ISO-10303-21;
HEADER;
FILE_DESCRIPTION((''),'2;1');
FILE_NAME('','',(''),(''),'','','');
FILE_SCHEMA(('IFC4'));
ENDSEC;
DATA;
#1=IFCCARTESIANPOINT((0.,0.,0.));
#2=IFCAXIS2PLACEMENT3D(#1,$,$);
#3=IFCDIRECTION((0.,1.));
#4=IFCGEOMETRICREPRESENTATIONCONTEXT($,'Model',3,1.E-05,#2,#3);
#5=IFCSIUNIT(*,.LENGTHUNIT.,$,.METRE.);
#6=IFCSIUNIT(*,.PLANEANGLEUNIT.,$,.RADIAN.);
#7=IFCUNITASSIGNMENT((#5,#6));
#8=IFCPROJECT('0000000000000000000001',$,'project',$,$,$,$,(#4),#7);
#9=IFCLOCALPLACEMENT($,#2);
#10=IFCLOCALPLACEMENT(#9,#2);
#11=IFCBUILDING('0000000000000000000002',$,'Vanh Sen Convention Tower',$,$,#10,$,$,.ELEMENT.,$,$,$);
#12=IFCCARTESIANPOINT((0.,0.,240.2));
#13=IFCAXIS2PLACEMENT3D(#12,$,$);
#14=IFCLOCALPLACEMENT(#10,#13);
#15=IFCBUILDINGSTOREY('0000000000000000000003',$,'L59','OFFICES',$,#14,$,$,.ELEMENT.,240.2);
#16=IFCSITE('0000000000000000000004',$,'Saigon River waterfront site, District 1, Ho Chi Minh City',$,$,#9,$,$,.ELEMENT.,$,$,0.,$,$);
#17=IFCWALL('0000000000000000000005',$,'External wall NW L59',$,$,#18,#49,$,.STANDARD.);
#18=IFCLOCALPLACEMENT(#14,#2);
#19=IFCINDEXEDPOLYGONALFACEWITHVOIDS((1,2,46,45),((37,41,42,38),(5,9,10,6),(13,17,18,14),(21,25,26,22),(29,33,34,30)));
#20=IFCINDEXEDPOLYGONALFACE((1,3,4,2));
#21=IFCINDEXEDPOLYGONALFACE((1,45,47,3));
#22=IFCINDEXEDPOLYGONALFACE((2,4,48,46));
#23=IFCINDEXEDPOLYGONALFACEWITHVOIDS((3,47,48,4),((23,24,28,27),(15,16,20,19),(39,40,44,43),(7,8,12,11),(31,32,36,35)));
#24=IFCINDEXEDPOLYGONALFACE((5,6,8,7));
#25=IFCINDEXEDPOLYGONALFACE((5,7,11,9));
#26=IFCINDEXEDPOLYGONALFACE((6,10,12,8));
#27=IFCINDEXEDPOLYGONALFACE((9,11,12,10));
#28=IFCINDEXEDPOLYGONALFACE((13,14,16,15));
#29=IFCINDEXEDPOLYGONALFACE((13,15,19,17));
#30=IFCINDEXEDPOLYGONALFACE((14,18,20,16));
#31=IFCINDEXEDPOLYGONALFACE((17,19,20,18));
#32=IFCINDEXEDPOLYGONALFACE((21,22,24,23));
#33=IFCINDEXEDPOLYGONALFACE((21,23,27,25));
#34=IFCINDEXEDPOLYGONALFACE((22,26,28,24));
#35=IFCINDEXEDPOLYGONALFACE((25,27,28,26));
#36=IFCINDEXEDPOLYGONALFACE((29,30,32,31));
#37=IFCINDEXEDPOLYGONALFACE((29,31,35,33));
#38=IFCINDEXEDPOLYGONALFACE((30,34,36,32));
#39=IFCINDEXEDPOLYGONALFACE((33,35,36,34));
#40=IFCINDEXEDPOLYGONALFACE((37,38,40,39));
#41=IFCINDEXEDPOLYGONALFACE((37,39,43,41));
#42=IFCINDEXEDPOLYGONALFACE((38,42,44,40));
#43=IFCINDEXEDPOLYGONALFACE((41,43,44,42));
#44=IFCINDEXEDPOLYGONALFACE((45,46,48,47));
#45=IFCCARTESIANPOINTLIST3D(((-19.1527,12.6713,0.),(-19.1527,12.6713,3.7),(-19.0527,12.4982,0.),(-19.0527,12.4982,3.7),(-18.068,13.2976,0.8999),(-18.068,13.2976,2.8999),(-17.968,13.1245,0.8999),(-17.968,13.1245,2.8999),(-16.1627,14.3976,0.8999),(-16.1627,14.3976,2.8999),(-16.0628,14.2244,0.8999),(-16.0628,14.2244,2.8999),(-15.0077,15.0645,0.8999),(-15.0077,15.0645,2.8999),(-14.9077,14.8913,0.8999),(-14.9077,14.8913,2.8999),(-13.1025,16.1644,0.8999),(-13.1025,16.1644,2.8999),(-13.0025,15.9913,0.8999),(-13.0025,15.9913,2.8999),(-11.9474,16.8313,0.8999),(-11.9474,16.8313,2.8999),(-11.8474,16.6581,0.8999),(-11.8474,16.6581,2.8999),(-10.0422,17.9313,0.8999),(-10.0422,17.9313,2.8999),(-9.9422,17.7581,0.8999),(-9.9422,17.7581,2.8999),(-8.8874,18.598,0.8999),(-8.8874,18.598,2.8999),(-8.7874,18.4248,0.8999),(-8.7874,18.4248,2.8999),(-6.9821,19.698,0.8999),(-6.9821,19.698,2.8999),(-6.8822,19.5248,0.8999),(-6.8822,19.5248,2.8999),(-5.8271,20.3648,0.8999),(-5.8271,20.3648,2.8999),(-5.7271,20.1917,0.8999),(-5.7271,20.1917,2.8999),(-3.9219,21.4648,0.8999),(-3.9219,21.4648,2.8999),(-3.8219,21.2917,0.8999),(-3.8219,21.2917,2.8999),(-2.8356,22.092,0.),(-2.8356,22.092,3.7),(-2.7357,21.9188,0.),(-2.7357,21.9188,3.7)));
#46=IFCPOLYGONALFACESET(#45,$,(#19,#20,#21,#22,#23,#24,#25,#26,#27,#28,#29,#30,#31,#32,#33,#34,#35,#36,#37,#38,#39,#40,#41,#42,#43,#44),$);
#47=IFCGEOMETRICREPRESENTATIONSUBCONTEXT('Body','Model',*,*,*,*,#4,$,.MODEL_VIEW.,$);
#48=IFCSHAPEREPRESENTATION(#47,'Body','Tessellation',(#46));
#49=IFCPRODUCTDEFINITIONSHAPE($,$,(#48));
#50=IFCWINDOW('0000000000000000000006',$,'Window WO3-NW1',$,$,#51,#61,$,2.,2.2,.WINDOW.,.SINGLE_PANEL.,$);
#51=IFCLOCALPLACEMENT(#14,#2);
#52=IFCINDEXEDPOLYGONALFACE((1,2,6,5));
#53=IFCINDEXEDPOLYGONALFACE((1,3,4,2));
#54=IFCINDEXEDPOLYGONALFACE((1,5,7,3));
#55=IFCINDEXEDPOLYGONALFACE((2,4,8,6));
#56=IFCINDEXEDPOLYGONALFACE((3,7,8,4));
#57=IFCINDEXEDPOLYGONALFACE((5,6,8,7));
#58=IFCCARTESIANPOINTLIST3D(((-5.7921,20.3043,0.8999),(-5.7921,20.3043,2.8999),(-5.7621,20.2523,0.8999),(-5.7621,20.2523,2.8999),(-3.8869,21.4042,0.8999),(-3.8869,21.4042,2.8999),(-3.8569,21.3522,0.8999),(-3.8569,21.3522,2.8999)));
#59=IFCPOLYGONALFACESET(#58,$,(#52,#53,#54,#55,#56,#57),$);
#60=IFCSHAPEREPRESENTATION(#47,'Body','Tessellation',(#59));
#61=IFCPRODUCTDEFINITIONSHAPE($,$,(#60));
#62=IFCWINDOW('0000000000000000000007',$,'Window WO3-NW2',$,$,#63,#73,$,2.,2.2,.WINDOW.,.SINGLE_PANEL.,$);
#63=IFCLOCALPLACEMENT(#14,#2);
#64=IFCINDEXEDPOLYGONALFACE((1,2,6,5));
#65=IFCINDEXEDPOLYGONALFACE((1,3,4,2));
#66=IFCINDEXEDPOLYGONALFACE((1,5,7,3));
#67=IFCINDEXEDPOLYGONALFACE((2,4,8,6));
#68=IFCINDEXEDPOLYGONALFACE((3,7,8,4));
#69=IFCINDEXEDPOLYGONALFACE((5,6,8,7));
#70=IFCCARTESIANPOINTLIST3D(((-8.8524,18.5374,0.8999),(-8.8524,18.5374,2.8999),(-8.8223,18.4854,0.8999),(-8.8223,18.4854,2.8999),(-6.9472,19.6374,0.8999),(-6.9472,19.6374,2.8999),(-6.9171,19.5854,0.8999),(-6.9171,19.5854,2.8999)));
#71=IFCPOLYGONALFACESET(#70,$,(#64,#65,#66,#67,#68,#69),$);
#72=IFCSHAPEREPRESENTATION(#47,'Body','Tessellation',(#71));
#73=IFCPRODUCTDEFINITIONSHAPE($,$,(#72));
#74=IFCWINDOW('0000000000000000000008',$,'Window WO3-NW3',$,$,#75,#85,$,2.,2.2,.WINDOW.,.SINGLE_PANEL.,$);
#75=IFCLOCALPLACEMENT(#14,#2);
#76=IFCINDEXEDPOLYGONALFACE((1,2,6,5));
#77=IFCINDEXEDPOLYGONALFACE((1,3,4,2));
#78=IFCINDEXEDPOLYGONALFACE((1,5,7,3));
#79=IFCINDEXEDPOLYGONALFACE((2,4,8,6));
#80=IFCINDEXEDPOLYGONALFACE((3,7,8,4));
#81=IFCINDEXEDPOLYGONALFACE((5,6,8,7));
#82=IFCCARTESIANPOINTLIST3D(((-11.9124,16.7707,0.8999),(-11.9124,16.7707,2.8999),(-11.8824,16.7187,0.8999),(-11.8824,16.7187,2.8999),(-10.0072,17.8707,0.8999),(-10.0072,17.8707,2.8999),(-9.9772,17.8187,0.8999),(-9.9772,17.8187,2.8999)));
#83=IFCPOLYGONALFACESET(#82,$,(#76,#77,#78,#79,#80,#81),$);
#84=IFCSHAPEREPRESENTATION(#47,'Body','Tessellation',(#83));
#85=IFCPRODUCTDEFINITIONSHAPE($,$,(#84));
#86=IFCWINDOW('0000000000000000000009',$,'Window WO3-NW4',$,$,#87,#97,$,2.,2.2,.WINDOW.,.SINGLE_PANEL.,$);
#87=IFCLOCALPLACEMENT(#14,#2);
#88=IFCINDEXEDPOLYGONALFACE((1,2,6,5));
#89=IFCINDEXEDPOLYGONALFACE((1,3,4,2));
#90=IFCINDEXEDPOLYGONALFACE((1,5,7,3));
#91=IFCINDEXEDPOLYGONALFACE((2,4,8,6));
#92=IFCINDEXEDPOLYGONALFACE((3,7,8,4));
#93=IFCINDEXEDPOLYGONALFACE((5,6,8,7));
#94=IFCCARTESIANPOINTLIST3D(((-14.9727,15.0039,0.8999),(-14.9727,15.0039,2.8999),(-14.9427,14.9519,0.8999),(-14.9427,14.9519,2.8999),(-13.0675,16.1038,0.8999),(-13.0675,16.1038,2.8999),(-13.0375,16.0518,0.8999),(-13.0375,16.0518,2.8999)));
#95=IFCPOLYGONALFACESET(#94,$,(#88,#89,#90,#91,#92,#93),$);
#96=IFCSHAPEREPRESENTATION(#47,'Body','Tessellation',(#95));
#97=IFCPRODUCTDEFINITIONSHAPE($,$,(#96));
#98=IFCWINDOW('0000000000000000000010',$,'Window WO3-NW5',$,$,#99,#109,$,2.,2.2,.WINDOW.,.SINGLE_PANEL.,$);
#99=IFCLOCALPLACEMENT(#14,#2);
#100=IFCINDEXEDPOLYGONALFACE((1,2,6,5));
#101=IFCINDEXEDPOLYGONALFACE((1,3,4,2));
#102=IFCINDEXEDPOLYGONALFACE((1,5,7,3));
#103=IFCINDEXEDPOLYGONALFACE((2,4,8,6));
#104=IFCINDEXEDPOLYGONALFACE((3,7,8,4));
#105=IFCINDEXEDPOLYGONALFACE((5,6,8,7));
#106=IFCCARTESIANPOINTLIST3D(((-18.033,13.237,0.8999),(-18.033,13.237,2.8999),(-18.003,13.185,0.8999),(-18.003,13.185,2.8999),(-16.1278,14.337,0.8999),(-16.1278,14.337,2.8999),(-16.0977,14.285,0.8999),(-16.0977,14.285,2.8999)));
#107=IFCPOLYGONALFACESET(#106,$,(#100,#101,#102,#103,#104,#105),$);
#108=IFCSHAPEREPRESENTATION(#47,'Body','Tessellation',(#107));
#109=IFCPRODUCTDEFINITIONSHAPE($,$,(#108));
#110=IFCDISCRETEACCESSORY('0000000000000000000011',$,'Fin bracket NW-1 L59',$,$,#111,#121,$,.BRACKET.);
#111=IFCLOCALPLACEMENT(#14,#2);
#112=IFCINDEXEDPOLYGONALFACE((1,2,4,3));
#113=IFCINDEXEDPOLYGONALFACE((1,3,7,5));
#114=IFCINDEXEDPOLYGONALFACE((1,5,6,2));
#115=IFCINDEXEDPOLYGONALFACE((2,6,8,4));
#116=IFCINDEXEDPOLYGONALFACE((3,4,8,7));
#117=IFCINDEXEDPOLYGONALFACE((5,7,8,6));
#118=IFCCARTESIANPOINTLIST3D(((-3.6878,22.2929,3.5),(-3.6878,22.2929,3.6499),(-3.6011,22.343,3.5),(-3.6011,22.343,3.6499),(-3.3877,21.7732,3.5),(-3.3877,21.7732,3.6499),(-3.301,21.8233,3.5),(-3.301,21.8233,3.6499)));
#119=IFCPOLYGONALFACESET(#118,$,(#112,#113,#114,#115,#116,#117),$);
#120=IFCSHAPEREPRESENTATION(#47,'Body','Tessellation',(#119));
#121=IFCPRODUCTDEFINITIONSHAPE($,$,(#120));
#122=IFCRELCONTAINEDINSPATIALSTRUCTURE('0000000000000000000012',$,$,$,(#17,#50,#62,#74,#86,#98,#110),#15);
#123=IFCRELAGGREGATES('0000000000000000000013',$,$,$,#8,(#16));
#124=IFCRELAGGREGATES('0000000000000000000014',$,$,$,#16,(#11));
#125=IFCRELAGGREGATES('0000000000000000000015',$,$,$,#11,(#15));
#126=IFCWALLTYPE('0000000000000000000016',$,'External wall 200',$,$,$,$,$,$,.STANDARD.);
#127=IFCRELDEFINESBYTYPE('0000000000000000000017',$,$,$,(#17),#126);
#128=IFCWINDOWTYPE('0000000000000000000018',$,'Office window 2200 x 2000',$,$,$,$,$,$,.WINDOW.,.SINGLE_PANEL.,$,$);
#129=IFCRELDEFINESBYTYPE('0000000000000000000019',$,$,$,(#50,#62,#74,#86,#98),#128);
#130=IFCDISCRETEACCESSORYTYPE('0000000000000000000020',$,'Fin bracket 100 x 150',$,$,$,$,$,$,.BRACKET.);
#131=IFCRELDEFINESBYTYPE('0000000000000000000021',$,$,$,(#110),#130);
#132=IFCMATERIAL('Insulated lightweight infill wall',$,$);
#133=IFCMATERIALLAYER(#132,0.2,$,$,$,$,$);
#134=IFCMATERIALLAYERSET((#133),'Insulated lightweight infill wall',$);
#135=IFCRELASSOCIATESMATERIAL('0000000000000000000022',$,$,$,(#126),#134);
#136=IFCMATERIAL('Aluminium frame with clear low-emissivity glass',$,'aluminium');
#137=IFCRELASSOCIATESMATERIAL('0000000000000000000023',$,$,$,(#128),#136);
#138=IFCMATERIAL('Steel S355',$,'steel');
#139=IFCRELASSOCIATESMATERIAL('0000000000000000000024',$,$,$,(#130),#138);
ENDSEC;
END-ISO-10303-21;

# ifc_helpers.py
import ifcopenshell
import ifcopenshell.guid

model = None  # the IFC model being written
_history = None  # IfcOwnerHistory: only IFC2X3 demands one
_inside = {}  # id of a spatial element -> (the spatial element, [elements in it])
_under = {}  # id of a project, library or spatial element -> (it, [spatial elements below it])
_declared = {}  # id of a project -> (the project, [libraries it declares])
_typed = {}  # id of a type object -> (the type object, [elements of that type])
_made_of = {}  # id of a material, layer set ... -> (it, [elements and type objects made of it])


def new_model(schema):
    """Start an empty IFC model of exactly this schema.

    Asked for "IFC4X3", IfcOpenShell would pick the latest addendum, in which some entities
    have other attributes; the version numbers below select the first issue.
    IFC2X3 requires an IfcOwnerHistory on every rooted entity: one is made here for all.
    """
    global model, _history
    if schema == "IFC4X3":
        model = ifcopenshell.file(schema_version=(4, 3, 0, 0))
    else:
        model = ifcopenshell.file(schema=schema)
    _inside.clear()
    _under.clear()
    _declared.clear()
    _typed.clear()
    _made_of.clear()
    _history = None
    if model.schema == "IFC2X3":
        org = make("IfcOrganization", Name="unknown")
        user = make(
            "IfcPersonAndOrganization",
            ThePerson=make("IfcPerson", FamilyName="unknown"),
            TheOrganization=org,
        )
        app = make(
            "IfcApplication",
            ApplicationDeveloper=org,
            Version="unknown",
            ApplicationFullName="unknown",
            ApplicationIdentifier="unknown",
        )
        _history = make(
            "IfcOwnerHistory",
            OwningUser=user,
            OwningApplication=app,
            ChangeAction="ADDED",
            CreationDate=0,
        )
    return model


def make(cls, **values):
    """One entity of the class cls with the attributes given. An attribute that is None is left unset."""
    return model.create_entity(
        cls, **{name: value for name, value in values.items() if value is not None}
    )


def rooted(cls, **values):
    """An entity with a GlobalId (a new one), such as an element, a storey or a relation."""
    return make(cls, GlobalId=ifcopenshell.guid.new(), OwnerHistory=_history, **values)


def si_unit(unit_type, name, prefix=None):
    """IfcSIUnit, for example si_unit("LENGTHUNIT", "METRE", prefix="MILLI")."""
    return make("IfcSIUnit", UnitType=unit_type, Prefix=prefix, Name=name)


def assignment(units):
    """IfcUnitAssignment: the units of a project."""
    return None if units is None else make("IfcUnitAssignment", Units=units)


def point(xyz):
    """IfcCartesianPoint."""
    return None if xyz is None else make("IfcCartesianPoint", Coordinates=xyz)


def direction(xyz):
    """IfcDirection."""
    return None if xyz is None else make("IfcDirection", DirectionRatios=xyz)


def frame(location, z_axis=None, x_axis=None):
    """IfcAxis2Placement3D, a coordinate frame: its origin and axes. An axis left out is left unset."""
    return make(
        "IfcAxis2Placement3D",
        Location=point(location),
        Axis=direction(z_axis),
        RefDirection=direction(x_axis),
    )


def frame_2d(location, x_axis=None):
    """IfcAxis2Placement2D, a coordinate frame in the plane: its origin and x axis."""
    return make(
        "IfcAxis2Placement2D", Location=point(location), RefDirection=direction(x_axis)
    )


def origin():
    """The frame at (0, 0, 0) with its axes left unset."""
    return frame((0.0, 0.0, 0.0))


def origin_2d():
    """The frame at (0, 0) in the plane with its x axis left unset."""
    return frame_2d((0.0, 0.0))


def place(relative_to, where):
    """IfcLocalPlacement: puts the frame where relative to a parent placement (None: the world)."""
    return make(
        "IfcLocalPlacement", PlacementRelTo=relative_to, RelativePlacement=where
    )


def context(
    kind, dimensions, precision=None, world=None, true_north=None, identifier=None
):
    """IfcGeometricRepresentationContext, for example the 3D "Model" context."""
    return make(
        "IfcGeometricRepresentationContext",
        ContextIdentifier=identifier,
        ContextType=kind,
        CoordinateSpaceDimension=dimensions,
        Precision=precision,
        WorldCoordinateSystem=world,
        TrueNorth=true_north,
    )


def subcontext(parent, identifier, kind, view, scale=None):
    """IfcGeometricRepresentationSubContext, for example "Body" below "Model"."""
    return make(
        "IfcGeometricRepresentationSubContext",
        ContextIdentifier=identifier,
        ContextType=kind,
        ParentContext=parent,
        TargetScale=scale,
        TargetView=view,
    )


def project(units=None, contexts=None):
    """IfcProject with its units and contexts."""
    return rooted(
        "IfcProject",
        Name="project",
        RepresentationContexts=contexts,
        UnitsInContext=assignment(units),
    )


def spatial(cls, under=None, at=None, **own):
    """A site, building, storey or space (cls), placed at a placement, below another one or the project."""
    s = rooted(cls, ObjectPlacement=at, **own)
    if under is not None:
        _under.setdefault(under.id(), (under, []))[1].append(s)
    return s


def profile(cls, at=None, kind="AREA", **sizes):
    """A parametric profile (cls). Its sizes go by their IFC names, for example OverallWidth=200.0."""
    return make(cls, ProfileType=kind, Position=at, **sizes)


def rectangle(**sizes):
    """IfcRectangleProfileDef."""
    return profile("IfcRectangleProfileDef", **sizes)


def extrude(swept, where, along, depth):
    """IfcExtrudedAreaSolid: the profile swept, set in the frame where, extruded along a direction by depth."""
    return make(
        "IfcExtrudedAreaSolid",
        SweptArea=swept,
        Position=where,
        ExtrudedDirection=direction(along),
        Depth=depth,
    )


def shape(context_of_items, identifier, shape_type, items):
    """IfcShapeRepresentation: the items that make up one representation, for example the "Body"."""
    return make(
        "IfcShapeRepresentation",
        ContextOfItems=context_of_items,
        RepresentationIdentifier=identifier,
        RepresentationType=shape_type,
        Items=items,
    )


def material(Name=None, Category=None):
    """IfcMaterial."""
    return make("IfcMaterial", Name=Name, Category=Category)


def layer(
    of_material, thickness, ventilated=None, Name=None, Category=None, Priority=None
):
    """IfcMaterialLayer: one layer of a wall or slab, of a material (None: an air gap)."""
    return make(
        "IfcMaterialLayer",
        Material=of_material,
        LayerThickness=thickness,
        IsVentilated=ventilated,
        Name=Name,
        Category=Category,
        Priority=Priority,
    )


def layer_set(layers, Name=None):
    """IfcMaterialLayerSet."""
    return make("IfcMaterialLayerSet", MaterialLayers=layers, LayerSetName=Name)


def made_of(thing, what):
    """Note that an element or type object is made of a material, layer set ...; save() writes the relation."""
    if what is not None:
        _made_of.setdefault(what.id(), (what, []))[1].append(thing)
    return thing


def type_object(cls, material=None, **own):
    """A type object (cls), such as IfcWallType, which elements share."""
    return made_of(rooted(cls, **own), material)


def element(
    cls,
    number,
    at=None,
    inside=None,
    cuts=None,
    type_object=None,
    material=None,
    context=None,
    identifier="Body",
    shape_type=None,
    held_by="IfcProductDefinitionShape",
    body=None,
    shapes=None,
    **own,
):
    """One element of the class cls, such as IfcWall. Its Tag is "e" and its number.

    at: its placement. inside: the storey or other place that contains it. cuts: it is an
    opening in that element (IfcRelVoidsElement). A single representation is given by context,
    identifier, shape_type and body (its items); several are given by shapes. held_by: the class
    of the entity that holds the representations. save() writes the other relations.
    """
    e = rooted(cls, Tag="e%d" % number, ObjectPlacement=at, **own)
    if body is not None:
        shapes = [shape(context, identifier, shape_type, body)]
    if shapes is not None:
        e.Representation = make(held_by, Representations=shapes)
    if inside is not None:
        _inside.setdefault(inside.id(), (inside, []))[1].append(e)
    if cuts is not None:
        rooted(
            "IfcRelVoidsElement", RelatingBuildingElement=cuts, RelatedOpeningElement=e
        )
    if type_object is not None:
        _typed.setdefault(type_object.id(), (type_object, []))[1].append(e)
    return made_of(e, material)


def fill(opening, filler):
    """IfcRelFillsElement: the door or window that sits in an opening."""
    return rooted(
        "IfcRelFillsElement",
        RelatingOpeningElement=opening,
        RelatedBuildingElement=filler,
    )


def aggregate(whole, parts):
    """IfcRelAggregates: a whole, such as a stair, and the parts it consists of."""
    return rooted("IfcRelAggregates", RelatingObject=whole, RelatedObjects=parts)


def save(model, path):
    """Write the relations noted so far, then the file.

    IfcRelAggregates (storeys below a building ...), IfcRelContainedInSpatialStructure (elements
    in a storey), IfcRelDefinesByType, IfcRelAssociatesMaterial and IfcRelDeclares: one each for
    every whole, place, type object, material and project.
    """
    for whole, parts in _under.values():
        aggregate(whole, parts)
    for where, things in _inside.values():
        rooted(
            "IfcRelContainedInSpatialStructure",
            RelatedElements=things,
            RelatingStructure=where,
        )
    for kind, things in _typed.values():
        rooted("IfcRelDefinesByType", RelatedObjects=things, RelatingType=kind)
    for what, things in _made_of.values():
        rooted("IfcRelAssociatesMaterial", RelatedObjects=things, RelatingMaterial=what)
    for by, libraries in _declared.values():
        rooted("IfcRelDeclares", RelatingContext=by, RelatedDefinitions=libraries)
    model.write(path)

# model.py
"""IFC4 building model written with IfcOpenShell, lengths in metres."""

from ifc_helpers import new_model, si_unit, direction, frame, frame_2d, origin, origin_2d, place, context, subcontext, project, spatial, rectangle, extrude, material, layer, layer_set, type_object, element, fill, save


model = new_model("IFC4")

# Units and contexts
model_context = context("Model", 3, precision=1e-05, world=origin(), true_north=direction((0.0, 1.0)))
body_context = subcontext(model_context, "Body", "Model", "MODEL_VIEW")
ifc_project = project(units=[si_unit("LENGTHUNIT", "METRE"), si_unit("PLANEANGLEUNIT", "RADIAN")], contexts=[model_context])

# Site, building, storey
site_placement = place(None, origin())
site = spatial("IfcSite", under=ifc_project, at=site_placement, Name="Saigon River waterfront site, District 1, Ho Chi Minh City", CompositionType="ELEMENT", RefElevation=0.0)
building_placement = place(site_placement, origin())
building = spatial("IfcBuilding", under=site, at=building_placement, Name="Vanh Sen Convention Tower", CompositionType="ELEMENT")
storey_placement = place(building_placement, frame((0.0, 0.0, 240.2)))
storey = spatial("IfcBuildingStorey", under=building, at=storey_placement, Name="L59", Description="OFFICES", CompositionType="ELEMENT", Elevation=240.2)

# Wall, openings, windows
ifc_material_1 = material(Name="Insulated lightweight infill wall")
ifc_layer_1 = layer(ifc_material_1, 0.2)
ifc_layer_set_1 = layer_set([ifc_layer_1], Name="Insulated lightweight infill wall")
wall_type_1 = type_object("IfcWallType", Name="External wall 200", PredefinedType="STANDARD", material=ifc_layer_set_1)
wall_1_placement = place(storey_placement, frame((-2.7856, 22.0054, 0.0), z_axis=(0.0, 0.0, 1.0), x_axis=(-0.866027, -0.499998, 0.0)))
wall_1 = element("IfcWall", 1, at=wall_1_placement, inside=storey, type_object=wall_type_1, Name="External wall NW L59", PredefinedType="STANDARD", context=body_context, shape_type="SweptSolid", body=[
    extrude(rectangle(XDim=18.8413, YDim=0.2, at=frame_2d((9.4207, 0.0))), origin(), (0.0, 0.0, 1.0), 3.7),
])
opening_1_placement = place(wall_1_placement, frame((1.2542, 0.0, 0.8999)))
opening_1 = element("IfcOpeningElement", 2, at=opening_1_placement, cuts=wall_1, PredefinedType="OPENING", context=body_context, shape_type="SweptSolid", body=[
    extrude(rectangle(XDim=2.2, YDim=2.0, at=frame_2d((1.1001, 1.0))), frame((0.0, 0.1099, 0.0), z_axis=(0.0, -1.0, 0.0), x_axis=(1.0, 0.0, 0.0)), (0.0, 0.0, 1.0), 0.22),
])
opening_2_placement = place(wall_1_placement, frame((4.7878, 0.0, 0.8999)))
opening_2 = element("IfcOpeningElement", 3, at=opening_2_placement, cuts=wall_1, PredefinedType="OPENING", context=body_context, shape_type="SweptSolid", body=[
    extrude(rectangle(XDim=2.2, YDim=2.0, at=frame_2d((1.1001, 1.0))), frame((0.0, 0.1099, 0.0), z_axis=(0.0, -1.0, 0.0), x_axis=(1.0, 0.0, 0.0)), (0.0, 0.0, 1.0), 0.22),
])
opening_3_placement = place(wall_1_placement, frame((8.3213, 0.0, 0.8999)))
opening_3 = element("IfcOpeningElement", 4, at=opening_3_placement, cuts=wall_1, PredefinedType="OPENING", context=body_context, shape_type="SweptSolid", body=[
    extrude(rectangle(XDim=2.2, YDim=2.0, at=frame_2d((1.1001, 1.0))), frame((0.0, 0.1099, 0.0), z_axis=(0.0, -1.0, 0.0), x_axis=(1.0, 0.0, 0.0)), (0.0, 0.0, 1.0), 0.22),
])
opening_4_placement = place(wall_1_placement, frame((11.855, 0.0, 0.8999)))
opening_4 = element("IfcOpeningElement", 5, at=opening_4_placement, cuts=wall_1, PredefinedType="OPENING", context=body_context, shape_type="SweptSolid", body=[
    extrude(rectangle(XDim=2.2, YDim=2.0, at=frame_2d((1.1001, 1.0))), frame((0.0, 0.1099, 0.0), z_axis=(0.0, -1.0, 0.0), x_axis=(1.0, 0.0, 0.0)), (0.0, 0.0, 1.0), 0.22),
])
opening_5_placement = place(wall_1_placement, frame((15.3887, 0.0, 0.8999)))
opening_5 = element("IfcOpeningElement", 6, at=opening_5_placement, cuts=wall_1, PredefinedType="OPENING", context=body_context, shape_type="SweptSolid", body=[
    extrude(rectangle(XDim=2.2, YDim=2.0, at=frame_2d((1.1001, 1.0))), frame((0.0, 0.1099, 0.0), z_axis=(0.0, -1.0, 0.0), x_axis=(1.0, 0.0, 0.0)), (0.0, 0.0, 1.0), 0.22),
])
ifc_material_2 = material(Name="Aluminium frame with clear low-emissivity glass", Category="aluminium")
window_type = type_object("IfcWindowType", Name="Office window 2200 x 2000", PartitioningType="SINGLE_PANEL", PredefinedType="WINDOW", material=ifc_material_2)
window_1_placement = place(opening_1_placement, origin())
window_1 = element("IfcWindow", 7, at=window_1_placement, inside=storey, type_object=window_type, Name="Window WO3-NW1", OverallHeight=2.0, OverallWidth=2.2, PartitioningType="SINGLE_PANEL", PredefinedType="WINDOW", context=body_context, shape_type="SweptSolid", body=[
    extrude(rectangle(XDim=2.2, YDim=2.0, at=frame_2d((1.1001, 1.0))), frame((0.0, 0.03, 0.0), z_axis=(0.0, -1.0, 0.0), x_axis=(1.0, 0.0, 0.0)), (0.0, 0.0, 1.0), 0.0601),
])
fill(opening_1, window_1)
window_2_placement = place(opening_2_placement, origin())
window_2 = element("IfcWindow", 8, at=window_2_placement, inside=storey, type_object=window_type, Name="Window WO3-NW2", OverallHeight=2.0, OverallWidth=2.2, PartitioningType="SINGLE_PANEL", PredefinedType="WINDOW", context=body_context, shape_type="SweptSolid", body=[
    extrude(rectangle(XDim=2.2, YDim=2.0, at=frame_2d((1.1001, 1.0))), frame((0.0, 0.03, 0.0), z_axis=(0.0, -1.0, 0.0), x_axis=(1.0, 0.0, 0.0)), (0.0, 0.0, 1.0), 0.0601),
])
fill(opening_2, window_2)
window_3_placement = place(opening_3_placement, origin())
window_3 = element("IfcWindow", 9, at=window_3_placement, inside=storey, type_object=window_type, Name="Window WO3-NW3", OverallHeight=2.0, OverallWidth=2.2, PartitioningType="SINGLE_PANEL", PredefinedType="WINDOW", context=body_context, shape_type="SweptSolid", body=[
    extrude(rectangle(XDim=2.2, YDim=2.0, at=frame_2d((1.1001, 1.0))), frame((0.0, 0.03, 0.0), z_axis=(0.0, -1.0, 0.0), x_axis=(1.0, 0.0, 0.0)), (0.0, 0.0, 1.0), 0.0601),
])
fill(opening_3, window_3)
window_4_placement = place(opening_4_placement, origin())
window_4 = element("IfcWindow", 10, at=window_4_placement, inside=storey, type_object=window_type, Name="Window WO3-NW4", OverallHeight=2.0, OverallWidth=2.2, PartitioningType="SINGLE_PANEL", PredefinedType="WINDOW", context=body_context, shape_type="SweptSolid", body=[
    extrude(rectangle(XDim=2.2, YDim=2.0, at=frame_2d((1.1001, 1.0))), frame((0.0, 0.03, 0.0), z_axis=(0.0, -1.0, 0.0), x_axis=(1.0, 0.0, 0.0)), (0.0, 0.0, 1.0), 0.0601),
])
fill(opening_4, window_4)
window_5_placement = place(opening_5_placement, origin())
window_5 = element("IfcWindow", 11, at=window_5_placement, inside=storey, type_object=window_type, Name="Window WO3-NW5", OverallHeight=2.0, OverallWidth=2.2, PartitioningType="SINGLE_PANEL", PredefinedType="WINDOW", context=body_context, shape_type="SweptSolid", body=[
    extrude(rectangle(XDim=2.2, YDim=2.0, at=frame_2d((1.1001, 1.0))), frame((0.0, 0.03, 0.0), z_axis=(0.0, -1.0, 0.0), x_axis=(1.0, 0.0, 0.0)), (0.0, 0.0, 1.0), 0.0601),
])
fill(opening_5, window_5)

# Discrete accessory
ifc_material_3 = material(Name="Steel S355", Category="steel")
discrete_accessory_type = type_object("IfcDiscreteAccessoryType", Name="Fin bracket 100 x 150", PredefinedType="BRACKET", material=ifc_material_3)
discrete_accessory_placement = place(storey_placement, frame((-3.4944, 22.0581, 3.5), z_axis=(0.0, 0.0, 1.0), x_axis=(-0.5, 0.866025, 0.0)))
element("IfcDiscreteAccessory", 12, at=discrete_accessory_placement, inside=storey, type_object=discrete_accessory_type, Name="Fin bracket NW-1 L59", PredefinedType="BRACKET", context=body_context, shape_type="SweptSolid", body=[
    extrude(rectangle(XDim=0.6001, YDim=0.1001, at=origin_2d()), origin(), (0.0, 0.0, 1.0), 0.1499),
])

save(model, "model.ifc")
